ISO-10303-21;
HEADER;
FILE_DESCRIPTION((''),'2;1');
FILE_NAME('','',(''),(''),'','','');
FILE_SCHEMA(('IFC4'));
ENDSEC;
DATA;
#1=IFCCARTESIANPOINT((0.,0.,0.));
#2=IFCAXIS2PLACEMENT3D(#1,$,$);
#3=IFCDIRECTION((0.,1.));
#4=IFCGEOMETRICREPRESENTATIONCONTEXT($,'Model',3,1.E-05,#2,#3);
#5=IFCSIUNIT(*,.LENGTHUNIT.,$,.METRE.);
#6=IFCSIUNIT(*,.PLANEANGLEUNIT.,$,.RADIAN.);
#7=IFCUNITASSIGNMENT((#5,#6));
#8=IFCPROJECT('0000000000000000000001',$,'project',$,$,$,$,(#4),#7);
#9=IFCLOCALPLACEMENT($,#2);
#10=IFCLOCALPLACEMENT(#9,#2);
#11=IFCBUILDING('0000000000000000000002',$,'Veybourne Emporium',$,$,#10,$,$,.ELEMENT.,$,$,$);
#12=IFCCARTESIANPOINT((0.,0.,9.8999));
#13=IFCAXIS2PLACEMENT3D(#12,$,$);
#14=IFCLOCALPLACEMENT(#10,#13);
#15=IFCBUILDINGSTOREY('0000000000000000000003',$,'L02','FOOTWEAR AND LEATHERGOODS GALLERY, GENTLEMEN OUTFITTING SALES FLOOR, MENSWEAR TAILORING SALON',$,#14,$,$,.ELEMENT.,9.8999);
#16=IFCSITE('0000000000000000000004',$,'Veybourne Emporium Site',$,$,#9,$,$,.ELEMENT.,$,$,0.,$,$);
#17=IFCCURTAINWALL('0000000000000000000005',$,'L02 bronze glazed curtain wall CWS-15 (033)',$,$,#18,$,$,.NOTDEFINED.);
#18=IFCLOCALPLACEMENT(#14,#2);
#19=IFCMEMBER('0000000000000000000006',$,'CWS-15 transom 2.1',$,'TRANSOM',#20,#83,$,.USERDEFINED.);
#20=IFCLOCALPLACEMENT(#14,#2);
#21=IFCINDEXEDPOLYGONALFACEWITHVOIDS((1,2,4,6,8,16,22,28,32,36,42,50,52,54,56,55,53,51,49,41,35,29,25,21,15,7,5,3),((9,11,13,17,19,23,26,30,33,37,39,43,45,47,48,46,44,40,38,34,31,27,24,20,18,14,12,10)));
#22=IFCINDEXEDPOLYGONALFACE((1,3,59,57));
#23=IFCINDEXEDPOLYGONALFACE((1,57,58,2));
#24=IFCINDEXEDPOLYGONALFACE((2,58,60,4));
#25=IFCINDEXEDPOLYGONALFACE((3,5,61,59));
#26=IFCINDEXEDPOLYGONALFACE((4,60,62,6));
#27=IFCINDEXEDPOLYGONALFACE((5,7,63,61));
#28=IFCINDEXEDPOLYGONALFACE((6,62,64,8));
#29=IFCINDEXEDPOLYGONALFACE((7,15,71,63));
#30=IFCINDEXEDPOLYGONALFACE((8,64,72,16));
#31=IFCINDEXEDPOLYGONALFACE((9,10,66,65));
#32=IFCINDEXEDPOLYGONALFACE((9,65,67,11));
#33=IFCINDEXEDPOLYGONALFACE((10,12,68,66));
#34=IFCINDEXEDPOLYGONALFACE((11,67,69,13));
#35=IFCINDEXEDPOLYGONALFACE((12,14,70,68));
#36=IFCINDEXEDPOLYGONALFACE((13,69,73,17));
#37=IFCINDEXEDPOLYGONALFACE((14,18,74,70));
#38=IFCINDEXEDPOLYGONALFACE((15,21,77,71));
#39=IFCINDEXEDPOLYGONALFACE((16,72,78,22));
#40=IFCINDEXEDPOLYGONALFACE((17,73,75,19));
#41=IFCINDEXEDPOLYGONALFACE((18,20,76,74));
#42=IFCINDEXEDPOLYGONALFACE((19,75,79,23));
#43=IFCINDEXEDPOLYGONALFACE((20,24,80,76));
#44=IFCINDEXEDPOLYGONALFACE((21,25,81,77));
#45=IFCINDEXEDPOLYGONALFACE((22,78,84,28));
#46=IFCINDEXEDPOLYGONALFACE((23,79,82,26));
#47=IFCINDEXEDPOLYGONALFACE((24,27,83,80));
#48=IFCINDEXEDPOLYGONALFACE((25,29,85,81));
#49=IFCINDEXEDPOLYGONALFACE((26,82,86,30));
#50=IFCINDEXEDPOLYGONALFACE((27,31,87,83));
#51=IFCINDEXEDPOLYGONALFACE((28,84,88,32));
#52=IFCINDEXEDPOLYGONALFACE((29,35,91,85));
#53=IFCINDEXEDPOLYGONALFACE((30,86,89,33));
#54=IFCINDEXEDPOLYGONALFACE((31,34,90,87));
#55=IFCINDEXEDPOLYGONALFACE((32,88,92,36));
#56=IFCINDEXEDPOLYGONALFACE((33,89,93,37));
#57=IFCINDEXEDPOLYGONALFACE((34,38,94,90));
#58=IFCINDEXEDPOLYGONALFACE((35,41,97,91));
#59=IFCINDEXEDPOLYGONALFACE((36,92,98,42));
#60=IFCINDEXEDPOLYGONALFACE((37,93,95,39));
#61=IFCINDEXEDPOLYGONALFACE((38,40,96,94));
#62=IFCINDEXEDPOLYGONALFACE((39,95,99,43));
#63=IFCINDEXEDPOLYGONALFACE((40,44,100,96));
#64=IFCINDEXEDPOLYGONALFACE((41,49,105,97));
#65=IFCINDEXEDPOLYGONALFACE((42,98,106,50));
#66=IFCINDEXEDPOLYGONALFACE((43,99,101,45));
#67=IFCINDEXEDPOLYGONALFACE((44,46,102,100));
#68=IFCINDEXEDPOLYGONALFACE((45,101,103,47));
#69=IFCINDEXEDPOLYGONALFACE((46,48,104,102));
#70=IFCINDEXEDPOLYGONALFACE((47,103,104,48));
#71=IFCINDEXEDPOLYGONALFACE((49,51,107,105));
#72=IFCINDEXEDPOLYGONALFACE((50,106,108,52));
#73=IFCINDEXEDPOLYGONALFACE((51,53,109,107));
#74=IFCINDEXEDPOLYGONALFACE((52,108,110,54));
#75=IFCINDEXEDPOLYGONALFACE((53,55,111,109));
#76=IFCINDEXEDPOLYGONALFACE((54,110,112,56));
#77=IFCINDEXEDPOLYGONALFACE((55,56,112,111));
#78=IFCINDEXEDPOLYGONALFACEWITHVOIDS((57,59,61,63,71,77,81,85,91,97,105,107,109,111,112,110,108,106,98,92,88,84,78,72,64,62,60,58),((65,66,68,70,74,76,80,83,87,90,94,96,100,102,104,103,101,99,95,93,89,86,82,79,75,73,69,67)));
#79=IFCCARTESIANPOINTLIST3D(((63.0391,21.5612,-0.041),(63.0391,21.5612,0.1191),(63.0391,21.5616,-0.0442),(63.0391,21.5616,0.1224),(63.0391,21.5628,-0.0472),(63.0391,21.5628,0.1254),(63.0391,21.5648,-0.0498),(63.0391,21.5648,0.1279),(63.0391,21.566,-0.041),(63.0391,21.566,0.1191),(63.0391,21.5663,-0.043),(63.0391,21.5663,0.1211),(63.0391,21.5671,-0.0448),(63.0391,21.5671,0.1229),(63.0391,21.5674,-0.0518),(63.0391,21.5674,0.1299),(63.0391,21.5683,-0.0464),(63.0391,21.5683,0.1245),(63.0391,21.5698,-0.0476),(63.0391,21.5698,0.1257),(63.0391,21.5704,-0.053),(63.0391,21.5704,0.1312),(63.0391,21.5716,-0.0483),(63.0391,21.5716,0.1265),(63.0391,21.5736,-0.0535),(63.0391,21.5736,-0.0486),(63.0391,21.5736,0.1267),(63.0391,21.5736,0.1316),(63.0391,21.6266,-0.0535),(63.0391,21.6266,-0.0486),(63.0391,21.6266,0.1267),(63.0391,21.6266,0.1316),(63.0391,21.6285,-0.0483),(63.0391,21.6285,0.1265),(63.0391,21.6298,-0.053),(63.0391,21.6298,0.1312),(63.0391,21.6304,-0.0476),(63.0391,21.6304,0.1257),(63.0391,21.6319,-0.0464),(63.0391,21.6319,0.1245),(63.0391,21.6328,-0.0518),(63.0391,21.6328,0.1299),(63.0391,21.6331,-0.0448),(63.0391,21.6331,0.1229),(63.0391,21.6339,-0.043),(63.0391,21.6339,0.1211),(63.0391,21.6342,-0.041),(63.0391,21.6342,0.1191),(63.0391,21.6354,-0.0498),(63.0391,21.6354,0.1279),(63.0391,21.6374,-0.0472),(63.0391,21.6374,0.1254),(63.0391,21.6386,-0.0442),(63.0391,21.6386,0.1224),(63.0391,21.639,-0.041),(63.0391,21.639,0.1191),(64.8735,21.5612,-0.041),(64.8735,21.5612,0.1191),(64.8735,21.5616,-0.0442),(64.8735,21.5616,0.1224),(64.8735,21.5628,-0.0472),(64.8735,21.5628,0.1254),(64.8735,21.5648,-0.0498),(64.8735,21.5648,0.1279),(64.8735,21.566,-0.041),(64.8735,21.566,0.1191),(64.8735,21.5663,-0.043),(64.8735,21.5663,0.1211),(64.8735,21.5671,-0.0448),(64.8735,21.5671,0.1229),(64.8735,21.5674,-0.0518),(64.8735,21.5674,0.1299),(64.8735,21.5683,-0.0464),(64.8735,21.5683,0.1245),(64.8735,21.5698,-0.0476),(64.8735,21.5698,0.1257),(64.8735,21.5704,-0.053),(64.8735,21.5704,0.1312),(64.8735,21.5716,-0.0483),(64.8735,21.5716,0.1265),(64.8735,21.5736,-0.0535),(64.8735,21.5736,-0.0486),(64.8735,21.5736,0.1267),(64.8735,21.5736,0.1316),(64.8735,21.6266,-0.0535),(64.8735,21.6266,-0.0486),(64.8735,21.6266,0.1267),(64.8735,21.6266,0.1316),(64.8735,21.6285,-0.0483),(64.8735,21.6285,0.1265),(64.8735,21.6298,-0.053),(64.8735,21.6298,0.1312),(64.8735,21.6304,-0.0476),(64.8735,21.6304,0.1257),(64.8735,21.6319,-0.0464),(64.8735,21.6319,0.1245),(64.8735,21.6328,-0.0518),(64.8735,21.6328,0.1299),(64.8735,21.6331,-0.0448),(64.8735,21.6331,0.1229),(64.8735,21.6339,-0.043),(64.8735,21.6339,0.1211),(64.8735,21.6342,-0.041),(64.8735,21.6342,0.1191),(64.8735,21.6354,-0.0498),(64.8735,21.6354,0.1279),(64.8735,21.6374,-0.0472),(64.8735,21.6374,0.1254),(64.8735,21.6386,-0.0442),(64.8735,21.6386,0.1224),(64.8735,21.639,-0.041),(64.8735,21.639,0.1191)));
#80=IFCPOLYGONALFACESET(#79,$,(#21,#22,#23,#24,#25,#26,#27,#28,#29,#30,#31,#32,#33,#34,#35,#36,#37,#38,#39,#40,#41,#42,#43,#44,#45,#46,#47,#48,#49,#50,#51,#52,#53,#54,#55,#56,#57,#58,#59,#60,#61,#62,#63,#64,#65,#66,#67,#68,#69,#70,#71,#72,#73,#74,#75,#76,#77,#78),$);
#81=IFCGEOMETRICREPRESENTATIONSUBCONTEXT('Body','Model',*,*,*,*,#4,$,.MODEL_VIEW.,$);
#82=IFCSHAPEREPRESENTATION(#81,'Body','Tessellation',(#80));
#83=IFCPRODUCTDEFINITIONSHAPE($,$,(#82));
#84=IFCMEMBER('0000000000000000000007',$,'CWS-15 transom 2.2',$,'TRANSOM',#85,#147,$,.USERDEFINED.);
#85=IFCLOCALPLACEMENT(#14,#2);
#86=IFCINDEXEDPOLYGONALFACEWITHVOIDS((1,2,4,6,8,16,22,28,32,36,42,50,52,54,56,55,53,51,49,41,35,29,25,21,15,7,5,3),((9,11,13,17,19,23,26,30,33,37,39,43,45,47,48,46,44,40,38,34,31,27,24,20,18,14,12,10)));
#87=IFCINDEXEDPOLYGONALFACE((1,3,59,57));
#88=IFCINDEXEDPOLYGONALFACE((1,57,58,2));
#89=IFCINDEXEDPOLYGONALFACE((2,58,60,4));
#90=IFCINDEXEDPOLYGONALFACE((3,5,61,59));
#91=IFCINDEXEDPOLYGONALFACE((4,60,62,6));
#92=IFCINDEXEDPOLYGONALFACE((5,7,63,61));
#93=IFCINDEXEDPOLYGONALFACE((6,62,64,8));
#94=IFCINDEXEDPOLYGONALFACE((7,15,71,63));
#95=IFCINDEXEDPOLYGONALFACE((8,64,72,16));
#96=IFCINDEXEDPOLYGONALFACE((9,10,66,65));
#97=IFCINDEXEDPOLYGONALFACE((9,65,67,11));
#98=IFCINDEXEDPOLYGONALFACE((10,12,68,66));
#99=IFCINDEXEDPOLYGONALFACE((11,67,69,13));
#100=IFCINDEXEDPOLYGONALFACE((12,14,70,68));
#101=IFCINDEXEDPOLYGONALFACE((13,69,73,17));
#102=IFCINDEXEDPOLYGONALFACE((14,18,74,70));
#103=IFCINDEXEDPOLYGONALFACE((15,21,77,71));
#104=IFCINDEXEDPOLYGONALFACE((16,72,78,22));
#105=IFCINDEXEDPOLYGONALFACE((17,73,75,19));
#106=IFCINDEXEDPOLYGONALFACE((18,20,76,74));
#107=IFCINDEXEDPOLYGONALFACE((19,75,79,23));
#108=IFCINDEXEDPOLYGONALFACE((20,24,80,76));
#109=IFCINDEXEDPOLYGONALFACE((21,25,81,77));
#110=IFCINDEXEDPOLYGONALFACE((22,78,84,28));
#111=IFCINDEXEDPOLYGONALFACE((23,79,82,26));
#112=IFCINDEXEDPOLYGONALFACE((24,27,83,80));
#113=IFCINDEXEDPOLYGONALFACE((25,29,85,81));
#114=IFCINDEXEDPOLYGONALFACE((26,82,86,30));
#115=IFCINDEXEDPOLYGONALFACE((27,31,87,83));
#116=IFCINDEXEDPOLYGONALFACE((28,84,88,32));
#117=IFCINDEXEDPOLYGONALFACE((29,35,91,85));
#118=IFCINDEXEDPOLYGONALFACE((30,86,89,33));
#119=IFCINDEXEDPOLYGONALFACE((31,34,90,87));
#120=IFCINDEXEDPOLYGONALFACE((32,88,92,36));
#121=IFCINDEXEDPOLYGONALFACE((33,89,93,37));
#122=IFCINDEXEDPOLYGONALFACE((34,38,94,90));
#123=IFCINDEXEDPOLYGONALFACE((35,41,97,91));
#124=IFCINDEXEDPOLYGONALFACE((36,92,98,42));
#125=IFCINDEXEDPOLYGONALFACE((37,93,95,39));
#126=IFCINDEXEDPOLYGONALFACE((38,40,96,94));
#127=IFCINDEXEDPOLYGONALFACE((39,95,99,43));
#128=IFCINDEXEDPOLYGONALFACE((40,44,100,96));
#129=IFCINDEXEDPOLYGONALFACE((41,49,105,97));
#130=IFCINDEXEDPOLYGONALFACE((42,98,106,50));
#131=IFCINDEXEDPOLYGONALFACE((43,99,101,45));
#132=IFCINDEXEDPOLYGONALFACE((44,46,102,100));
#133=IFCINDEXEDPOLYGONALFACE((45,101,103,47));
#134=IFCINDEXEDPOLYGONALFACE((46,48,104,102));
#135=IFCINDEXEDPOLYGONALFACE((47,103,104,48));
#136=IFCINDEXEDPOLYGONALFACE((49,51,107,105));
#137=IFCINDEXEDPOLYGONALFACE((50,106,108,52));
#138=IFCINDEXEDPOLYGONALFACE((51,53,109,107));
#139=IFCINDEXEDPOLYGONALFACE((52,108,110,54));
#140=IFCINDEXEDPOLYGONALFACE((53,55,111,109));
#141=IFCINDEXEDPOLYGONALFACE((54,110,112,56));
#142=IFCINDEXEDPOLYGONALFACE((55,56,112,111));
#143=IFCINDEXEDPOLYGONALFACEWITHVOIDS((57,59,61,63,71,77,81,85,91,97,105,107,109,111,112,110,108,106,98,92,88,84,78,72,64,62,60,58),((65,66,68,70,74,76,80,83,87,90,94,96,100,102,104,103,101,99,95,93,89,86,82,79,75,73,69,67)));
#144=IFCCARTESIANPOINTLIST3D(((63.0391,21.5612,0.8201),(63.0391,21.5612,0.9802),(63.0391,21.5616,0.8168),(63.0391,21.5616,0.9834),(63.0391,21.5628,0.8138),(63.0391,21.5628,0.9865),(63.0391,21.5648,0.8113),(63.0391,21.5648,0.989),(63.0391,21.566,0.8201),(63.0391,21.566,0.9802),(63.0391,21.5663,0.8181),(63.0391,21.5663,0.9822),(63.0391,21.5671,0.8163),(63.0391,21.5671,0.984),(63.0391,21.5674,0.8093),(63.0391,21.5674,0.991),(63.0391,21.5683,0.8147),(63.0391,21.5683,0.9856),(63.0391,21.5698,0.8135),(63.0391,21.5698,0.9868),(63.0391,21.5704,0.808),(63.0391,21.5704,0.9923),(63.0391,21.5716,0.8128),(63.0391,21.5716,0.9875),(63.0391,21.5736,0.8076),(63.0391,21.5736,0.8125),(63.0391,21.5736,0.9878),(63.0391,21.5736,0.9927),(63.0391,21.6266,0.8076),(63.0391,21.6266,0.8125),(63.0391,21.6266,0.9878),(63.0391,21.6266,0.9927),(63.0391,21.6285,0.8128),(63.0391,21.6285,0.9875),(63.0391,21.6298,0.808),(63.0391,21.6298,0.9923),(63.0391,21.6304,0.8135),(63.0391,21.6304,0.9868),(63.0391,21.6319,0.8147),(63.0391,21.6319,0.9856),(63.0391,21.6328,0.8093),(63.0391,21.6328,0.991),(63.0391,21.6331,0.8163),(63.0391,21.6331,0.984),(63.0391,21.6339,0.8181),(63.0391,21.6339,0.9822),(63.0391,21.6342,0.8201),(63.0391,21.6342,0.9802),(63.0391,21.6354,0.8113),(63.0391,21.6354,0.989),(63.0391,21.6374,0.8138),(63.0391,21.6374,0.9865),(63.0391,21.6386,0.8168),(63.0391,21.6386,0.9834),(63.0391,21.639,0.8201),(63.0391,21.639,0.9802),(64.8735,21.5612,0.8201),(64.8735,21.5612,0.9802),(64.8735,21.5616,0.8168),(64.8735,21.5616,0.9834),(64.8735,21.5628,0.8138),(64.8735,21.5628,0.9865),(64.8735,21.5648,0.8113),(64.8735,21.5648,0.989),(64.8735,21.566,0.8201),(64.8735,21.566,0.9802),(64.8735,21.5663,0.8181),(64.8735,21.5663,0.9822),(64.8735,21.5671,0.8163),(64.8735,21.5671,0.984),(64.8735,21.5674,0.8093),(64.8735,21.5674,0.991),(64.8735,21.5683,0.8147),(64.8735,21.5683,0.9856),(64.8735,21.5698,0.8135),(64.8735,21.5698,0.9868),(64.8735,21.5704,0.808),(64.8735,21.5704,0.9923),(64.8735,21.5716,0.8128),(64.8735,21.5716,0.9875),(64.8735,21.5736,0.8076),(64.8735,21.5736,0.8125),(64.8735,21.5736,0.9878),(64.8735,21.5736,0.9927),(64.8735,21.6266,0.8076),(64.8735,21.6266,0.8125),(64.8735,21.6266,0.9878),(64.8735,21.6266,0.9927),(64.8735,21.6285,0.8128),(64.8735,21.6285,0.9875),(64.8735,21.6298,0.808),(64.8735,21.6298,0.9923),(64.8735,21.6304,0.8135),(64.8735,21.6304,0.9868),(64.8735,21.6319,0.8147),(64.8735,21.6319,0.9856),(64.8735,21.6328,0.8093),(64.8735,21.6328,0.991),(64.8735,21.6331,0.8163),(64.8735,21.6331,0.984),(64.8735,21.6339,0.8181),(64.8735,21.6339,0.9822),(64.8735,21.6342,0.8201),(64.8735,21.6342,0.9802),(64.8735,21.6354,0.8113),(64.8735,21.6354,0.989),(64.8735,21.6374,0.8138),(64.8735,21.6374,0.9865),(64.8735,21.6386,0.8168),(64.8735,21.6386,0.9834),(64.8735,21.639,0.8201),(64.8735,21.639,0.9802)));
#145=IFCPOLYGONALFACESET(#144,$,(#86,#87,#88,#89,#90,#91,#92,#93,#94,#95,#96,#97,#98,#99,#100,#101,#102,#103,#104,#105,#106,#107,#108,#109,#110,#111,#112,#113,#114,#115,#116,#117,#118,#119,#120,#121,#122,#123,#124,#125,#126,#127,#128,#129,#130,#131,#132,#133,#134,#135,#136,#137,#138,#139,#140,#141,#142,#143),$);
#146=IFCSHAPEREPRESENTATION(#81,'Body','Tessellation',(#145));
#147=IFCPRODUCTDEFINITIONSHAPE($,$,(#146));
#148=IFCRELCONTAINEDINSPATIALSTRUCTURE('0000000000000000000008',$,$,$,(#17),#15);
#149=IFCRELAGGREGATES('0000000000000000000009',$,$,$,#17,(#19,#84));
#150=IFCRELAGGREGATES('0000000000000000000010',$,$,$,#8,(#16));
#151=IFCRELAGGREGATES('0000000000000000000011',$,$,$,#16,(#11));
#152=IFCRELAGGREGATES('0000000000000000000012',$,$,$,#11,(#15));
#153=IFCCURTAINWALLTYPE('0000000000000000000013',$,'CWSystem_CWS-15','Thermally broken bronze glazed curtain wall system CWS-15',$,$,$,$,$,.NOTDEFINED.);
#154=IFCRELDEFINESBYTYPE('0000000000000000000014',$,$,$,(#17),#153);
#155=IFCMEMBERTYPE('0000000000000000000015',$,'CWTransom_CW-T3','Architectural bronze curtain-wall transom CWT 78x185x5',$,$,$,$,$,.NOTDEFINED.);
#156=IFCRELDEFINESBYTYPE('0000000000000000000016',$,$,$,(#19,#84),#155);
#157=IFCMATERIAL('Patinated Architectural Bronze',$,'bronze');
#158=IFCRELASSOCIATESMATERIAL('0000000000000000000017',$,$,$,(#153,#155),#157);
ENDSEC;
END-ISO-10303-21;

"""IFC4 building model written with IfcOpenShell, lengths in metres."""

from ifc_helpers import new_model, si_unit, direction, frame, origin, origin_2d, place, context, subcontext, project, spatial, hollow_rectangle, extrude, material, material_profile, profile_set, type_object, element, aggregate, save


model = new_model("IFC4")

# Units and contexts
model_context = context("Model", 3, precision=1e-05, world=origin(), true_north=direction((0.0, 1.0)))
body_context = subcontext(model_context, "Body", "Model", "MODEL_VIEW")
ifc_project = project(units=[si_unit("LENGTHUNIT", "METRE"), si_unit("PLANEANGLEUNIT", "RADIAN")], contexts=[model_context])

# Site, building, storey
site_placement = place(None, origin())
site = spatial("IfcSite", under=ifc_project, at=site_placement, Name="Veybourne Emporium Site", CompositionType="ELEMENT", RefElevation=0.0)
building_placement = place(site_placement, origin())
building = spatial("IfcBuilding", under=site, at=building_placement, Name="Veybourne Emporium", CompositionType="ELEMENT")
storey_placement = place(building_placement, frame((0.0, 0.0, 9.8999)))
storey = spatial("IfcBuildingStorey", under=building, at=storey_placement, Name="L02", Description="FOOTWEAR AND LEATHERGOODS GALLERY, GENTLEMEN OUTFITTING SALES FLOOR, MENSWEAR TAILORING SALON", CompositionType="ELEMENT", Elevation=9.8999)

# Curtain wall
ifc_material_1 = material(Name="Patinated Architectural Bronze", Category="bronze")
curtain_wall_type_1 = type_object("IfcCurtainWallType", Name="CWSystem_CWS-15", Description="Thermally broken bronze glazed curtain wall system CWS-15", PredefinedType="NOTDEFINED", material=ifc_material_1)
curtain_wall_1_placement = place(storey_placement, origin())
curtain_wall_1 = element("IfcCurtainWall", 1, at=curtain_wall_1_placement, inside=storey, type_object=curtain_wall_type_1, Name="L02 bronze glazed curtain wall CWS-15 (033)", PredefinedType="NOTDEFINED")

# Members
ifc_material_profile_1 = material_profile(ifc_material_1, hollow_rectangle(XDim=0.0779, YDim=0.1851, WallThickness=0.0049, InnerFilletRadius=0.0076, OuterFilletRadius=0.0125, at=origin_2d()), Name="CWT 78x185x5")
ifc_profile_set_1 = profile_set([ifc_material_profile_1], Name="Patinated Architectural Bronze")
member_type_1 = type_object("IfcMemberType", Name="CWTransom_CW-T3", Description="Architectural bronze curtain-wall transom CWT 78x185x5", PredefinedType="NOTDEFINED", material=ifc_profile_set_1)
member_1_placement = place(storey_placement, frame((64.8735, 21.6001, 0.0391), z_axis=(-1.0, 0.0, 0.0), x_axis=(0.0, -1.0, 0.0)))
member_1 = element("IfcMember", 2, at=member_1_placement, type_object=member_type_1, Name="CWS-15 transom 2.1", ObjectType="TRANSOM", PredefinedType="USERDEFINED", context=body_context, shape_type="SweptSolid", body=[
    extrude(hollow_rectangle(XDim=0.0779, YDim=0.1851, WallThickness=0.0049, InnerFilletRadius=0.0076, OuterFilletRadius=0.0125, at=origin_2d()), origin(), (0.0, 0.0, 1.0), 1.8345),
])
member_2_placement = place(storey_placement, frame((64.8735, 21.6001, 0.9001), z_axis=(-1.0, 0.0, 0.0), x_axis=(0.0, -1.0, 0.0)))
member_2 = element("IfcMember", 3, at=member_2_placement, type_object=member_type_1, Name="CWS-15 transom 2.2", ObjectType="TRANSOM", PredefinedType="USERDEFINED", context=body_context, shape_type="SweptSolid", body=[
    extrude(hollow_rectangle(XDim=0.0779, YDim=0.1851, WallThickness=0.0049, InnerFilletRadius=0.0076, OuterFilletRadius=0.0125, at=origin_2d()), origin(), (0.0, 0.0, 1.0), 1.8345),
])

aggregate(curtain_wall_1, [member_1, member_2])

save(model, "model.ifc")
